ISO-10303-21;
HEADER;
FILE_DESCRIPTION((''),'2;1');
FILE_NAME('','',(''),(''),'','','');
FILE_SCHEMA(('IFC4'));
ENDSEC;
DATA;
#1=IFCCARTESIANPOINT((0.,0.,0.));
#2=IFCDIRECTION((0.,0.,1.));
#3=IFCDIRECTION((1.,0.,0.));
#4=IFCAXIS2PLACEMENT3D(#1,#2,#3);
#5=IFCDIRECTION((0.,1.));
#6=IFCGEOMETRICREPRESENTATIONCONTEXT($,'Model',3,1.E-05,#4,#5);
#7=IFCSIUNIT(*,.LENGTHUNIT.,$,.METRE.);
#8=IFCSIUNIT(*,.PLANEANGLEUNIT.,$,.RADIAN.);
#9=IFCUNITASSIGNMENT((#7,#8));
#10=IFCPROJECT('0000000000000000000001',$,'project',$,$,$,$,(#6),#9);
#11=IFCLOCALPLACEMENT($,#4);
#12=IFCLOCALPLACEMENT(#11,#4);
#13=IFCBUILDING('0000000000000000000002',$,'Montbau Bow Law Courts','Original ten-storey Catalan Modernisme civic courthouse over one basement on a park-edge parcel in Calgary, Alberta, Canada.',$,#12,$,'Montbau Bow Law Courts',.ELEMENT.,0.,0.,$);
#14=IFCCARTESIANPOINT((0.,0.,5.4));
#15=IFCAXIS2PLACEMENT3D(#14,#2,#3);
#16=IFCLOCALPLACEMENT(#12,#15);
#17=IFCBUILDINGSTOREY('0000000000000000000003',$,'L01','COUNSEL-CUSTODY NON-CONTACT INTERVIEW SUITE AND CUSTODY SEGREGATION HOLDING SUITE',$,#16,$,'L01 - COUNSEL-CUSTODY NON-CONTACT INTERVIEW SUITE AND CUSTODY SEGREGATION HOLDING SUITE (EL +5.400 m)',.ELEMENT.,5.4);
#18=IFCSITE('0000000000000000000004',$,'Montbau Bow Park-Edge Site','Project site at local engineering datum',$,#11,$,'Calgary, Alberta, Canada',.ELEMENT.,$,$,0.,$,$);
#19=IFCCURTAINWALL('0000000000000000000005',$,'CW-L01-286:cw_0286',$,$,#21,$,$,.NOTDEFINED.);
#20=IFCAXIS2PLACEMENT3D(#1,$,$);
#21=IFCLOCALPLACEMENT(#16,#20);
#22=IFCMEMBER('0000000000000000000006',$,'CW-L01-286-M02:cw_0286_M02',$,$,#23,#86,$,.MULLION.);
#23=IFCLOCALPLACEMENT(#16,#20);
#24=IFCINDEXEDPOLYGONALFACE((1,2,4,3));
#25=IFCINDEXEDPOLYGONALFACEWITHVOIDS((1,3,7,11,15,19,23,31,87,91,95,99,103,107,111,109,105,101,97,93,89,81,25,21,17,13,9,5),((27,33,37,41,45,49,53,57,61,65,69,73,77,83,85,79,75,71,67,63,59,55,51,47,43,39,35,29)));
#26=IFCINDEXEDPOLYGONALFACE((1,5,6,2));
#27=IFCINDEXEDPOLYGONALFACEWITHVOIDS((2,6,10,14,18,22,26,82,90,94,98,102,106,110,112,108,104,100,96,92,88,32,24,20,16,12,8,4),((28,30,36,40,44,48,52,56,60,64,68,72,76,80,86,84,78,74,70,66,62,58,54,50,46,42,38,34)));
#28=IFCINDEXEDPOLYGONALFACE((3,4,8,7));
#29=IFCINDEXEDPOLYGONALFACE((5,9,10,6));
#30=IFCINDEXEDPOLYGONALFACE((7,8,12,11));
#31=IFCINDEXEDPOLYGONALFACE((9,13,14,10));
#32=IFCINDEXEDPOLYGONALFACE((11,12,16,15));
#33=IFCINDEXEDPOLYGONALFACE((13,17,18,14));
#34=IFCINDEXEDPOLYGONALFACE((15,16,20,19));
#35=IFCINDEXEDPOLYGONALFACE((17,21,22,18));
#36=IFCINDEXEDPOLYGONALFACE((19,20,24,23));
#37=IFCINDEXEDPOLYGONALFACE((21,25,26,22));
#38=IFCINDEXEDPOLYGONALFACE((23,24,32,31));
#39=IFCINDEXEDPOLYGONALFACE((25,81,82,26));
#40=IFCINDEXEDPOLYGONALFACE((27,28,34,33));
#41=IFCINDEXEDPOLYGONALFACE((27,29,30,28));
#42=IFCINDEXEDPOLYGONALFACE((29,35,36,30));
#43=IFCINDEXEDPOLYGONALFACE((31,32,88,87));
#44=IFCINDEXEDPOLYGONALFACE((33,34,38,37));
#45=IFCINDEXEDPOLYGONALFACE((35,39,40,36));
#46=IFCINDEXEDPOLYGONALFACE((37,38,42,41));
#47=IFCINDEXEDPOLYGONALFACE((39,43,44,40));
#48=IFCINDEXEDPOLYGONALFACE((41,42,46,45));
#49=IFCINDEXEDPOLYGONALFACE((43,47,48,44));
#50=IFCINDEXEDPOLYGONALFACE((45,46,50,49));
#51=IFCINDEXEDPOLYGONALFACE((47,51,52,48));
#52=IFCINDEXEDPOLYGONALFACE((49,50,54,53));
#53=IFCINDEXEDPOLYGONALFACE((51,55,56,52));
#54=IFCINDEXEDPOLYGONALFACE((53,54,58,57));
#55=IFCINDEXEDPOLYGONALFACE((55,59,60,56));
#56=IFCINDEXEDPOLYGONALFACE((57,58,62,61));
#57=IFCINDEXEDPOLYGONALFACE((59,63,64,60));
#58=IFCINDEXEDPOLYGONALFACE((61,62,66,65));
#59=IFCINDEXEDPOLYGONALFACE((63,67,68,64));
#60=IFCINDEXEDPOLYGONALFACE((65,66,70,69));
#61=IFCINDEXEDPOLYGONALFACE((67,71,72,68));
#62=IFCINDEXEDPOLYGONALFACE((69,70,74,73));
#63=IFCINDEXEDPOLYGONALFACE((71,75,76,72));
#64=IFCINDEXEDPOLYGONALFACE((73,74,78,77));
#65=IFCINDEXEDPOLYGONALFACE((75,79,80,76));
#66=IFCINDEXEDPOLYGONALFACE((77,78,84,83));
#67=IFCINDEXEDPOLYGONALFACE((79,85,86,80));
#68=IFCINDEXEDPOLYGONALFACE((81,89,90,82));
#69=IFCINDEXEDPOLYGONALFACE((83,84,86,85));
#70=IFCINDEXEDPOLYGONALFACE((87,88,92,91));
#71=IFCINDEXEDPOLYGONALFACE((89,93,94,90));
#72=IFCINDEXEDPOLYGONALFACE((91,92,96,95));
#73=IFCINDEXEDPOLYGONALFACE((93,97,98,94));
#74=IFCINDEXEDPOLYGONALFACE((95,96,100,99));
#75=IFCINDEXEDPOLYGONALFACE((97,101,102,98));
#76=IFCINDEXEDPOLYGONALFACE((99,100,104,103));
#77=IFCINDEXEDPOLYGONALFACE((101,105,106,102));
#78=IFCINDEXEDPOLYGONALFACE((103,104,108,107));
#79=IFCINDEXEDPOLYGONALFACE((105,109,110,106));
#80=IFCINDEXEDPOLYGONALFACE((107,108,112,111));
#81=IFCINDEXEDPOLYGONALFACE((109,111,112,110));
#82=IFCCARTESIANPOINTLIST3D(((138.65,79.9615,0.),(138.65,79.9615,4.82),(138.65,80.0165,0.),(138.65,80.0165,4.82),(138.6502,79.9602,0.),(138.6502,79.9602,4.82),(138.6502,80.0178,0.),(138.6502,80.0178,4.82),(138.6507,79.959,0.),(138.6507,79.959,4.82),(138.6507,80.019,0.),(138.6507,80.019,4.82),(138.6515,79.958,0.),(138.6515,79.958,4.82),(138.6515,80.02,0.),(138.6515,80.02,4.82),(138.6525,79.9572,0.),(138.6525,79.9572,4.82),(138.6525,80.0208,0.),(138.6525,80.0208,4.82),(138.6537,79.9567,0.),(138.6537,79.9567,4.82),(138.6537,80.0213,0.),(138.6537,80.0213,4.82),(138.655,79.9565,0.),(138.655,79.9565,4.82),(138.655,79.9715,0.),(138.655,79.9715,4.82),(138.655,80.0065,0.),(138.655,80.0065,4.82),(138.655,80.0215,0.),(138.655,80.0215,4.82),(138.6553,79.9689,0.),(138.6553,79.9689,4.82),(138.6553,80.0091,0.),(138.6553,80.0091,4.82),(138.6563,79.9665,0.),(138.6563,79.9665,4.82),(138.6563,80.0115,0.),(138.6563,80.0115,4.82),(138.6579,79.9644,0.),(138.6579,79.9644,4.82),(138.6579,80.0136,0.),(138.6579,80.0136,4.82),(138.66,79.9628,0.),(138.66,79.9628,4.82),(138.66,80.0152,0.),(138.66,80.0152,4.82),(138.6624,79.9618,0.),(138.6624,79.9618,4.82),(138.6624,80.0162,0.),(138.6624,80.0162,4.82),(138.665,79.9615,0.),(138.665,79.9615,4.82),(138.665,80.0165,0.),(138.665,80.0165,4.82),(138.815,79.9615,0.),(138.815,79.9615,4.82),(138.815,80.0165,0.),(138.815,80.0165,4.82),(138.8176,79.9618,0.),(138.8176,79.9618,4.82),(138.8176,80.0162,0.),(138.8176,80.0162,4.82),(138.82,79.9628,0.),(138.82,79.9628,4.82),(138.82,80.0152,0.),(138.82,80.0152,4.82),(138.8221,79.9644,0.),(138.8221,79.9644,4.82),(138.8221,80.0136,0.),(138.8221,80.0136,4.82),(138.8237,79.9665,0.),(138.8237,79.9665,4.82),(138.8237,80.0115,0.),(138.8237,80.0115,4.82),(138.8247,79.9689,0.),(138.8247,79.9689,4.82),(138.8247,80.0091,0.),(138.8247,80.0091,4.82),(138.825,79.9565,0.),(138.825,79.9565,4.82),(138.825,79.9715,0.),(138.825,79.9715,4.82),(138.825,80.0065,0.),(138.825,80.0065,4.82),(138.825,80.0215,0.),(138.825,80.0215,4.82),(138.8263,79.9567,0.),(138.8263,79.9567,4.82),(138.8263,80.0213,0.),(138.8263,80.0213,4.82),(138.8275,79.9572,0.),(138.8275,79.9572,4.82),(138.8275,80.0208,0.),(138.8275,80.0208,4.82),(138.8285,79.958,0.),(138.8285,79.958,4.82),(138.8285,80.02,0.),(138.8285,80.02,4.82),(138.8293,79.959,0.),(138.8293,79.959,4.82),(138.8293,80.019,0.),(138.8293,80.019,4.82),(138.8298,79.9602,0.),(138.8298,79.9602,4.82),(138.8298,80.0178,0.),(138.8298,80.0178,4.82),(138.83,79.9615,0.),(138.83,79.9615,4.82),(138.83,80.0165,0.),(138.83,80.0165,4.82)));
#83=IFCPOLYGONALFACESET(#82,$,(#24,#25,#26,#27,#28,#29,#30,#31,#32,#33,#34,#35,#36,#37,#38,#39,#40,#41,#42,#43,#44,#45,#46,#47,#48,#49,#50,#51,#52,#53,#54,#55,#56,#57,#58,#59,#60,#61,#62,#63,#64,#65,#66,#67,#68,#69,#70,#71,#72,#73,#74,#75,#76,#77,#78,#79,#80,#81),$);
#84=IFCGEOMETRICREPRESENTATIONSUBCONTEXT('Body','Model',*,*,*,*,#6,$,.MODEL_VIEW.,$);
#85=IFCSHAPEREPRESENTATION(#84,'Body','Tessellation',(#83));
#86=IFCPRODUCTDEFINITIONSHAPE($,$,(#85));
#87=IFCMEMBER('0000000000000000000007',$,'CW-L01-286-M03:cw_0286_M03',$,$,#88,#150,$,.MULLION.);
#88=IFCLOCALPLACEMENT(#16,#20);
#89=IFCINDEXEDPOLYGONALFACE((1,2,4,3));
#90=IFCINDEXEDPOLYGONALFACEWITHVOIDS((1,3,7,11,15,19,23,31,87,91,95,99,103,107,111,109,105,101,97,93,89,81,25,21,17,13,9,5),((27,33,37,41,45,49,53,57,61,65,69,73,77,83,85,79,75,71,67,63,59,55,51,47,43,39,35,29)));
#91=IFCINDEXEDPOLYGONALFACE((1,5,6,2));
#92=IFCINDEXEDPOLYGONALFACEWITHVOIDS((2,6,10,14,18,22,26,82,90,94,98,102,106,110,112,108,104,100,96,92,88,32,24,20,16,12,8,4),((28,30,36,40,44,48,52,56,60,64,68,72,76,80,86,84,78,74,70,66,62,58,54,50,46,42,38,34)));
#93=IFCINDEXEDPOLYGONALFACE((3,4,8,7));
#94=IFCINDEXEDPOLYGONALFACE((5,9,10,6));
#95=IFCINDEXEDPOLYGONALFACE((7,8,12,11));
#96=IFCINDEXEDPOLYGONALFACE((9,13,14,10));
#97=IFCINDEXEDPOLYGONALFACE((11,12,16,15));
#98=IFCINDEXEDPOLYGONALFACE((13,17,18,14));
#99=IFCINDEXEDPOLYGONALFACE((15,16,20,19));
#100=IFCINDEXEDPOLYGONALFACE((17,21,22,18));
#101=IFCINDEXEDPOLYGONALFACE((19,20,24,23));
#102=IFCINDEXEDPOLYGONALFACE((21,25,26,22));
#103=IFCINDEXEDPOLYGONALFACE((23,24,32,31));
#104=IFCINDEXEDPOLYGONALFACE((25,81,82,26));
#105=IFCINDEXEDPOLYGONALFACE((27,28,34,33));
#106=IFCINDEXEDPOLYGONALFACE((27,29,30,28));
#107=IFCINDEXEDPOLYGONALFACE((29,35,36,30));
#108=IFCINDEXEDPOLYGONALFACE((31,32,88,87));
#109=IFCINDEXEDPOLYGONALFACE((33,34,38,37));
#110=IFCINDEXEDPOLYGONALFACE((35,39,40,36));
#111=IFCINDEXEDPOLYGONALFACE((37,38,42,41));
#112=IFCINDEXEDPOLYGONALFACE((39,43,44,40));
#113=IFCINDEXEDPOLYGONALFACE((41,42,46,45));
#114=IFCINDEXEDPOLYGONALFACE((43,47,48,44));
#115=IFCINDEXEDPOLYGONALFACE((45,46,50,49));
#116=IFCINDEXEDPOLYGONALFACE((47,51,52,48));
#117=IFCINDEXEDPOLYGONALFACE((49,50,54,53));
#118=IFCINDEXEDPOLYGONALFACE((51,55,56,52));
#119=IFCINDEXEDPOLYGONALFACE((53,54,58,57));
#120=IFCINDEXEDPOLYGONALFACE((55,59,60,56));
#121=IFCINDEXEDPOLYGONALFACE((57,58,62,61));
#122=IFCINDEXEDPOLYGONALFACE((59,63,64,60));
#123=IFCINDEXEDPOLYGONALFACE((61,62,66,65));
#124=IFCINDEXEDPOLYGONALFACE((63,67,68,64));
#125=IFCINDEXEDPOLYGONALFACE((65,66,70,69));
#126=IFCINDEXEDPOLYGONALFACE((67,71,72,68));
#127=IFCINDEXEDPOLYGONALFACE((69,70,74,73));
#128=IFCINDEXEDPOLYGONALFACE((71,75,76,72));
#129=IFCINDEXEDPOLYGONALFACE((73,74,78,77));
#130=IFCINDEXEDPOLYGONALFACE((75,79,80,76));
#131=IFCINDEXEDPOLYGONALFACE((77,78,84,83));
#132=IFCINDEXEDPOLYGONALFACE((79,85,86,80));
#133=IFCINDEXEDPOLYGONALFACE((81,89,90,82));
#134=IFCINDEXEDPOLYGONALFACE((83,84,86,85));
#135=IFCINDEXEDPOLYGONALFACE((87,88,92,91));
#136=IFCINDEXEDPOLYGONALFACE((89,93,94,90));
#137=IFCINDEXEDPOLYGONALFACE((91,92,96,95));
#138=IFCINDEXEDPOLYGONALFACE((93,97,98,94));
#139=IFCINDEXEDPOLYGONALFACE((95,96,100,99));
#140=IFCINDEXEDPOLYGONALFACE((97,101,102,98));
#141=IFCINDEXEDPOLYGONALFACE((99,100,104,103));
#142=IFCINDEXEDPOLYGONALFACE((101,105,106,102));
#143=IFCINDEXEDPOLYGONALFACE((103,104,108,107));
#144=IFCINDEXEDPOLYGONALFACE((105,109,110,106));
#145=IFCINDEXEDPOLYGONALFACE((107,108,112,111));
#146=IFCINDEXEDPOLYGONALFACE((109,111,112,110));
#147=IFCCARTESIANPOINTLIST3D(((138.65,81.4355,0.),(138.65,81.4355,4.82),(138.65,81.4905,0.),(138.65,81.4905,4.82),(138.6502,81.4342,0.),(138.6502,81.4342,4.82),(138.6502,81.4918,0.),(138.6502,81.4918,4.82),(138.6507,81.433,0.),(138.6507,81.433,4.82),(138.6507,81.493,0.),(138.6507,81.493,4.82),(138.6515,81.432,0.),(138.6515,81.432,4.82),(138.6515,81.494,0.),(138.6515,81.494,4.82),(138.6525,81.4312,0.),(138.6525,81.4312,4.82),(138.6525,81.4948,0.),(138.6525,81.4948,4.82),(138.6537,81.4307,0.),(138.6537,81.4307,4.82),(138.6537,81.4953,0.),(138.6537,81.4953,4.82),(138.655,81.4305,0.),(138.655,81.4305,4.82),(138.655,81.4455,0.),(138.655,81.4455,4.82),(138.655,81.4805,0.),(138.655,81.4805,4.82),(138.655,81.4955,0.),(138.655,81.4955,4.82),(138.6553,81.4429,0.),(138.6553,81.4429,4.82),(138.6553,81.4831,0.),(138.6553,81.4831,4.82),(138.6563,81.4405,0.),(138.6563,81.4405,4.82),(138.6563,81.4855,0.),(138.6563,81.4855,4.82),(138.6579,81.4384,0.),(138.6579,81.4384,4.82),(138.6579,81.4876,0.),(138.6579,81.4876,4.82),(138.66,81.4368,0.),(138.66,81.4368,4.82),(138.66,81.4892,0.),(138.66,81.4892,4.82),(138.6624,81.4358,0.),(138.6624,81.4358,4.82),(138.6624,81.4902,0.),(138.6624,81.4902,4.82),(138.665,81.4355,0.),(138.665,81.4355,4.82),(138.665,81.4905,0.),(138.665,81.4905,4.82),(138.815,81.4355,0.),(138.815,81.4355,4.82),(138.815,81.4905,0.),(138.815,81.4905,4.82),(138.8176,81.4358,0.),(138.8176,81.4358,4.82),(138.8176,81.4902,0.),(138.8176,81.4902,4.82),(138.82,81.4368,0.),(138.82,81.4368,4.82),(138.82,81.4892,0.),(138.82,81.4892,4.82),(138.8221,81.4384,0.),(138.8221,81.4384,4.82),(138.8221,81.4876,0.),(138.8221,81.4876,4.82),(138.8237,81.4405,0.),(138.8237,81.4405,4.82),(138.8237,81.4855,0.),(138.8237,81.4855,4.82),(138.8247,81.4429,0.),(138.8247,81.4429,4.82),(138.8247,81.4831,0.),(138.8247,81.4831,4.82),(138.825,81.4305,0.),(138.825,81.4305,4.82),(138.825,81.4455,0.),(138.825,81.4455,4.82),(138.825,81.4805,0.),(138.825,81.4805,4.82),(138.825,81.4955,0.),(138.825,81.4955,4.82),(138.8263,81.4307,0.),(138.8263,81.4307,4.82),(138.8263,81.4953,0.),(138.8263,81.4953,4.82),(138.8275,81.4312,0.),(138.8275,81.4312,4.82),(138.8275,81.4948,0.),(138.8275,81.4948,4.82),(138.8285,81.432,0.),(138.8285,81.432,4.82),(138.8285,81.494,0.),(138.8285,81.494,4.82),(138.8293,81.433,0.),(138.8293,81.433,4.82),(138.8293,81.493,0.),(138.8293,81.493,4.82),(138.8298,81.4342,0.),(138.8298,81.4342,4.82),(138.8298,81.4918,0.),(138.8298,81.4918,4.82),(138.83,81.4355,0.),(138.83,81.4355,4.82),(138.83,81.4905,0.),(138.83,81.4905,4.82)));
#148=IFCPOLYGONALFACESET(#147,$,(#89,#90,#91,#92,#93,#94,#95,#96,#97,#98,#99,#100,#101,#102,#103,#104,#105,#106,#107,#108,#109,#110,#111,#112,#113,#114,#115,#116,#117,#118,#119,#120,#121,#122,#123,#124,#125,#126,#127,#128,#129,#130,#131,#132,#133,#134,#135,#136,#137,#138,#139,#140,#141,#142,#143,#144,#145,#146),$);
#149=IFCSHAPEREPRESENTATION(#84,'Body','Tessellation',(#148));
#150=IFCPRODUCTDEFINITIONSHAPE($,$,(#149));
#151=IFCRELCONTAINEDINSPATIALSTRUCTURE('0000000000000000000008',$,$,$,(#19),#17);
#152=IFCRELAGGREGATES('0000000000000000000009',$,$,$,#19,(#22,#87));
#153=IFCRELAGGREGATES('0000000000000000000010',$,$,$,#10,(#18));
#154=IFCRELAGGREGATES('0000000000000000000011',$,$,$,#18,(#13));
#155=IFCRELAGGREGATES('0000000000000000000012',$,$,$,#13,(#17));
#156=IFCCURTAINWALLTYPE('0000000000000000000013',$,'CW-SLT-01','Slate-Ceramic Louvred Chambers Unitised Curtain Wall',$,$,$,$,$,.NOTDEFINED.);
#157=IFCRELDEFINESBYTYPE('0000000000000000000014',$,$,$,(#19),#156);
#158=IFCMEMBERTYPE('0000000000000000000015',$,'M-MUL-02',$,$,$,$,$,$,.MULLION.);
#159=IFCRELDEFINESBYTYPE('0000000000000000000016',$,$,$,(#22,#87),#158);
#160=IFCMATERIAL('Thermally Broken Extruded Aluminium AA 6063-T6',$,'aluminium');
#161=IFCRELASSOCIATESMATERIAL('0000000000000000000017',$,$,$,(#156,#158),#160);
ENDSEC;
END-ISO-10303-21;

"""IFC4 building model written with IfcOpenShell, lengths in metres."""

from ifc_helpers import new_model, si_unit, direction, frame, origin_with_axes, origin_2d_with_axis, place, context, subcontext, project, spatial, hollow_rectangle, extrude, material, material_profile, profile_set, type_object, element, aggregate, save


model = new_model("IFC4")

# Units and contexts
model_context = context("Model", 3, precision=1e-05, world=origin_with_axes(), true_north=direction((0.0, 1.0)))
body_context = subcontext(model_context, "Body", "Model", "MODEL_VIEW")
ifc_project = project(units=[si_unit("LENGTHUNIT", "METRE"), si_unit("PLANEANGLEUNIT", "RADIAN")], contexts=[model_context])

# Site, building, storey
site_placement = place(None, origin_with_axes())
site = spatial("IfcSite", under=ifc_project, at=site_placement, Name="Montbau Bow Park-Edge Site", Description="Project site at local engineering datum", LongName="Calgary, Alberta, Canada", CompositionType="ELEMENT", RefElevation=0.0)
building_placement = place(site_placement, origin_with_axes())
building = spatial("IfcBuilding", under=site, at=building_placement, Name="Montbau Bow Law Courts", Description="Original ten-storey Catalan Modernisme civic courthouse over one basement on a park-edge parcel in Calgary, Alberta, Canada.", LongName="Montbau Bow Law Courts", CompositionType="ELEMENT", ElevationOfRefHeight=0.0, ElevationOfTerrain=0.0)
storey_placement = place(building_placement, frame((0.0, 0.0, 5.4), z_axis=(0.0, 0.0, 1.0), x_axis=(1.0, 0.0, 0.0)))
storey = spatial("IfcBuildingStorey", under=building, at=storey_placement, Name="L01", Description="COUNSEL-CUSTODY NON-CONTACT INTERVIEW SUITE AND CUSTODY SEGREGATION HOLDING SUITE", LongName="L01 - COUNSEL-CUSTODY NON-CONTACT INTERVIEW SUITE AND CUSTODY SEGREGATION HOLDING SUITE (EL +5.400 m)", CompositionType="ELEMENT", Elevation=5.4)

# Curtain wall, members
ifc_material_1 = material(Name="Thermally Broken Extruded Aluminium AA 6063-T6", Category="aluminium")
curtain_wall_type = type_object("IfcCurtainWallType", Name="CW-SLT-01", Description="Slate-Ceramic Louvred Chambers Unitised Curtain Wall", PredefinedType="NOTDEFINED", material=ifc_material_1)
curtain_wall_1_placement = place(None, frame((138.74, 78.515, 5.4), z_axis=(0.0, 0.0, 1.0), x_axis=(1.0, 0.0, 0.0)))
curtain_wall_1 = element("IfcCurtainWall", 1, at=curtain_wall_1_placement, inside=storey, type_object=curtain_wall_type, Name="CW-L01-286:cw_0286", PredefinedType="NOTDEFINED")
ifc_material_profile_1 = material_profile(ifc_material_1, hollow_rectangle(XDim=0.065, YDim=0.18, WallThickness=0.005, InnerFilletRadius=0.01, OuterFilletRadius=0.005, at=origin_2d_with_axis()), Name="CWM-180X65", Category="Main", Priority=0)
ifc_profile_set_1 = profile_set([ifc_material_profile_1], Name="Thermally Broken Extruded Aluminium AA 6063-T6")
member_type_1 = type_object("IfcMemberType", Name="M-MUL-02", PredefinedType="MULLION", material=ifc_profile_set_1)
member_1_placement = place(None, frame((138.74, 79.989, 5.4), z_axis=(0.0, 0.0, 1.0), x_axis=(0.0, 1.0, 0.0)))
member_1 = element("IfcMember", 2, at=member_1_placement, type_object=member_type_1, Name="CW-L01-286-M02:cw_0286_M02", PredefinedType="MULLION", context=body_context, shape_type="SweptSolid", body=[
    extrude(hollow_rectangle(XDim=0.065, YDim=0.18, WallThickness=0.005, InnerFilletRadius=0.01, OuterFilletRadius=0.005, at=origin_2d_with_axis()), origin_with_axes(), (0.0, 0.0, 1.0), 4.82),
])
member_2_placement = place(None, frame((138.74, 81.463, 5.4), z_axis=(0.0, 0.0, 1.0), x_axis=(0.0, 1.0, 0.0)))
member_2 = element("IfcMember", 3, at=member_2_placement, type_object=member_type_1, Name="CW-L01-286-M03:cw_0286_M03", PredefinedType="MULLION", context=body_context, shape_type="SweptSolid", body=[
    extrude(hollow_rectangle(XDim=0.065, YDim=0.18, WallThickness=0.005, InnerFilletRadius=0.01, OuterFilletRadius=0.005, at=origin_2d_with_axis()), origin_with_axes(), (0.0, 0.0, 1.0), 4.82),
])

aggregate(curtain_wall_1, [member_1, member_2])

save(model, "model.ifc")
